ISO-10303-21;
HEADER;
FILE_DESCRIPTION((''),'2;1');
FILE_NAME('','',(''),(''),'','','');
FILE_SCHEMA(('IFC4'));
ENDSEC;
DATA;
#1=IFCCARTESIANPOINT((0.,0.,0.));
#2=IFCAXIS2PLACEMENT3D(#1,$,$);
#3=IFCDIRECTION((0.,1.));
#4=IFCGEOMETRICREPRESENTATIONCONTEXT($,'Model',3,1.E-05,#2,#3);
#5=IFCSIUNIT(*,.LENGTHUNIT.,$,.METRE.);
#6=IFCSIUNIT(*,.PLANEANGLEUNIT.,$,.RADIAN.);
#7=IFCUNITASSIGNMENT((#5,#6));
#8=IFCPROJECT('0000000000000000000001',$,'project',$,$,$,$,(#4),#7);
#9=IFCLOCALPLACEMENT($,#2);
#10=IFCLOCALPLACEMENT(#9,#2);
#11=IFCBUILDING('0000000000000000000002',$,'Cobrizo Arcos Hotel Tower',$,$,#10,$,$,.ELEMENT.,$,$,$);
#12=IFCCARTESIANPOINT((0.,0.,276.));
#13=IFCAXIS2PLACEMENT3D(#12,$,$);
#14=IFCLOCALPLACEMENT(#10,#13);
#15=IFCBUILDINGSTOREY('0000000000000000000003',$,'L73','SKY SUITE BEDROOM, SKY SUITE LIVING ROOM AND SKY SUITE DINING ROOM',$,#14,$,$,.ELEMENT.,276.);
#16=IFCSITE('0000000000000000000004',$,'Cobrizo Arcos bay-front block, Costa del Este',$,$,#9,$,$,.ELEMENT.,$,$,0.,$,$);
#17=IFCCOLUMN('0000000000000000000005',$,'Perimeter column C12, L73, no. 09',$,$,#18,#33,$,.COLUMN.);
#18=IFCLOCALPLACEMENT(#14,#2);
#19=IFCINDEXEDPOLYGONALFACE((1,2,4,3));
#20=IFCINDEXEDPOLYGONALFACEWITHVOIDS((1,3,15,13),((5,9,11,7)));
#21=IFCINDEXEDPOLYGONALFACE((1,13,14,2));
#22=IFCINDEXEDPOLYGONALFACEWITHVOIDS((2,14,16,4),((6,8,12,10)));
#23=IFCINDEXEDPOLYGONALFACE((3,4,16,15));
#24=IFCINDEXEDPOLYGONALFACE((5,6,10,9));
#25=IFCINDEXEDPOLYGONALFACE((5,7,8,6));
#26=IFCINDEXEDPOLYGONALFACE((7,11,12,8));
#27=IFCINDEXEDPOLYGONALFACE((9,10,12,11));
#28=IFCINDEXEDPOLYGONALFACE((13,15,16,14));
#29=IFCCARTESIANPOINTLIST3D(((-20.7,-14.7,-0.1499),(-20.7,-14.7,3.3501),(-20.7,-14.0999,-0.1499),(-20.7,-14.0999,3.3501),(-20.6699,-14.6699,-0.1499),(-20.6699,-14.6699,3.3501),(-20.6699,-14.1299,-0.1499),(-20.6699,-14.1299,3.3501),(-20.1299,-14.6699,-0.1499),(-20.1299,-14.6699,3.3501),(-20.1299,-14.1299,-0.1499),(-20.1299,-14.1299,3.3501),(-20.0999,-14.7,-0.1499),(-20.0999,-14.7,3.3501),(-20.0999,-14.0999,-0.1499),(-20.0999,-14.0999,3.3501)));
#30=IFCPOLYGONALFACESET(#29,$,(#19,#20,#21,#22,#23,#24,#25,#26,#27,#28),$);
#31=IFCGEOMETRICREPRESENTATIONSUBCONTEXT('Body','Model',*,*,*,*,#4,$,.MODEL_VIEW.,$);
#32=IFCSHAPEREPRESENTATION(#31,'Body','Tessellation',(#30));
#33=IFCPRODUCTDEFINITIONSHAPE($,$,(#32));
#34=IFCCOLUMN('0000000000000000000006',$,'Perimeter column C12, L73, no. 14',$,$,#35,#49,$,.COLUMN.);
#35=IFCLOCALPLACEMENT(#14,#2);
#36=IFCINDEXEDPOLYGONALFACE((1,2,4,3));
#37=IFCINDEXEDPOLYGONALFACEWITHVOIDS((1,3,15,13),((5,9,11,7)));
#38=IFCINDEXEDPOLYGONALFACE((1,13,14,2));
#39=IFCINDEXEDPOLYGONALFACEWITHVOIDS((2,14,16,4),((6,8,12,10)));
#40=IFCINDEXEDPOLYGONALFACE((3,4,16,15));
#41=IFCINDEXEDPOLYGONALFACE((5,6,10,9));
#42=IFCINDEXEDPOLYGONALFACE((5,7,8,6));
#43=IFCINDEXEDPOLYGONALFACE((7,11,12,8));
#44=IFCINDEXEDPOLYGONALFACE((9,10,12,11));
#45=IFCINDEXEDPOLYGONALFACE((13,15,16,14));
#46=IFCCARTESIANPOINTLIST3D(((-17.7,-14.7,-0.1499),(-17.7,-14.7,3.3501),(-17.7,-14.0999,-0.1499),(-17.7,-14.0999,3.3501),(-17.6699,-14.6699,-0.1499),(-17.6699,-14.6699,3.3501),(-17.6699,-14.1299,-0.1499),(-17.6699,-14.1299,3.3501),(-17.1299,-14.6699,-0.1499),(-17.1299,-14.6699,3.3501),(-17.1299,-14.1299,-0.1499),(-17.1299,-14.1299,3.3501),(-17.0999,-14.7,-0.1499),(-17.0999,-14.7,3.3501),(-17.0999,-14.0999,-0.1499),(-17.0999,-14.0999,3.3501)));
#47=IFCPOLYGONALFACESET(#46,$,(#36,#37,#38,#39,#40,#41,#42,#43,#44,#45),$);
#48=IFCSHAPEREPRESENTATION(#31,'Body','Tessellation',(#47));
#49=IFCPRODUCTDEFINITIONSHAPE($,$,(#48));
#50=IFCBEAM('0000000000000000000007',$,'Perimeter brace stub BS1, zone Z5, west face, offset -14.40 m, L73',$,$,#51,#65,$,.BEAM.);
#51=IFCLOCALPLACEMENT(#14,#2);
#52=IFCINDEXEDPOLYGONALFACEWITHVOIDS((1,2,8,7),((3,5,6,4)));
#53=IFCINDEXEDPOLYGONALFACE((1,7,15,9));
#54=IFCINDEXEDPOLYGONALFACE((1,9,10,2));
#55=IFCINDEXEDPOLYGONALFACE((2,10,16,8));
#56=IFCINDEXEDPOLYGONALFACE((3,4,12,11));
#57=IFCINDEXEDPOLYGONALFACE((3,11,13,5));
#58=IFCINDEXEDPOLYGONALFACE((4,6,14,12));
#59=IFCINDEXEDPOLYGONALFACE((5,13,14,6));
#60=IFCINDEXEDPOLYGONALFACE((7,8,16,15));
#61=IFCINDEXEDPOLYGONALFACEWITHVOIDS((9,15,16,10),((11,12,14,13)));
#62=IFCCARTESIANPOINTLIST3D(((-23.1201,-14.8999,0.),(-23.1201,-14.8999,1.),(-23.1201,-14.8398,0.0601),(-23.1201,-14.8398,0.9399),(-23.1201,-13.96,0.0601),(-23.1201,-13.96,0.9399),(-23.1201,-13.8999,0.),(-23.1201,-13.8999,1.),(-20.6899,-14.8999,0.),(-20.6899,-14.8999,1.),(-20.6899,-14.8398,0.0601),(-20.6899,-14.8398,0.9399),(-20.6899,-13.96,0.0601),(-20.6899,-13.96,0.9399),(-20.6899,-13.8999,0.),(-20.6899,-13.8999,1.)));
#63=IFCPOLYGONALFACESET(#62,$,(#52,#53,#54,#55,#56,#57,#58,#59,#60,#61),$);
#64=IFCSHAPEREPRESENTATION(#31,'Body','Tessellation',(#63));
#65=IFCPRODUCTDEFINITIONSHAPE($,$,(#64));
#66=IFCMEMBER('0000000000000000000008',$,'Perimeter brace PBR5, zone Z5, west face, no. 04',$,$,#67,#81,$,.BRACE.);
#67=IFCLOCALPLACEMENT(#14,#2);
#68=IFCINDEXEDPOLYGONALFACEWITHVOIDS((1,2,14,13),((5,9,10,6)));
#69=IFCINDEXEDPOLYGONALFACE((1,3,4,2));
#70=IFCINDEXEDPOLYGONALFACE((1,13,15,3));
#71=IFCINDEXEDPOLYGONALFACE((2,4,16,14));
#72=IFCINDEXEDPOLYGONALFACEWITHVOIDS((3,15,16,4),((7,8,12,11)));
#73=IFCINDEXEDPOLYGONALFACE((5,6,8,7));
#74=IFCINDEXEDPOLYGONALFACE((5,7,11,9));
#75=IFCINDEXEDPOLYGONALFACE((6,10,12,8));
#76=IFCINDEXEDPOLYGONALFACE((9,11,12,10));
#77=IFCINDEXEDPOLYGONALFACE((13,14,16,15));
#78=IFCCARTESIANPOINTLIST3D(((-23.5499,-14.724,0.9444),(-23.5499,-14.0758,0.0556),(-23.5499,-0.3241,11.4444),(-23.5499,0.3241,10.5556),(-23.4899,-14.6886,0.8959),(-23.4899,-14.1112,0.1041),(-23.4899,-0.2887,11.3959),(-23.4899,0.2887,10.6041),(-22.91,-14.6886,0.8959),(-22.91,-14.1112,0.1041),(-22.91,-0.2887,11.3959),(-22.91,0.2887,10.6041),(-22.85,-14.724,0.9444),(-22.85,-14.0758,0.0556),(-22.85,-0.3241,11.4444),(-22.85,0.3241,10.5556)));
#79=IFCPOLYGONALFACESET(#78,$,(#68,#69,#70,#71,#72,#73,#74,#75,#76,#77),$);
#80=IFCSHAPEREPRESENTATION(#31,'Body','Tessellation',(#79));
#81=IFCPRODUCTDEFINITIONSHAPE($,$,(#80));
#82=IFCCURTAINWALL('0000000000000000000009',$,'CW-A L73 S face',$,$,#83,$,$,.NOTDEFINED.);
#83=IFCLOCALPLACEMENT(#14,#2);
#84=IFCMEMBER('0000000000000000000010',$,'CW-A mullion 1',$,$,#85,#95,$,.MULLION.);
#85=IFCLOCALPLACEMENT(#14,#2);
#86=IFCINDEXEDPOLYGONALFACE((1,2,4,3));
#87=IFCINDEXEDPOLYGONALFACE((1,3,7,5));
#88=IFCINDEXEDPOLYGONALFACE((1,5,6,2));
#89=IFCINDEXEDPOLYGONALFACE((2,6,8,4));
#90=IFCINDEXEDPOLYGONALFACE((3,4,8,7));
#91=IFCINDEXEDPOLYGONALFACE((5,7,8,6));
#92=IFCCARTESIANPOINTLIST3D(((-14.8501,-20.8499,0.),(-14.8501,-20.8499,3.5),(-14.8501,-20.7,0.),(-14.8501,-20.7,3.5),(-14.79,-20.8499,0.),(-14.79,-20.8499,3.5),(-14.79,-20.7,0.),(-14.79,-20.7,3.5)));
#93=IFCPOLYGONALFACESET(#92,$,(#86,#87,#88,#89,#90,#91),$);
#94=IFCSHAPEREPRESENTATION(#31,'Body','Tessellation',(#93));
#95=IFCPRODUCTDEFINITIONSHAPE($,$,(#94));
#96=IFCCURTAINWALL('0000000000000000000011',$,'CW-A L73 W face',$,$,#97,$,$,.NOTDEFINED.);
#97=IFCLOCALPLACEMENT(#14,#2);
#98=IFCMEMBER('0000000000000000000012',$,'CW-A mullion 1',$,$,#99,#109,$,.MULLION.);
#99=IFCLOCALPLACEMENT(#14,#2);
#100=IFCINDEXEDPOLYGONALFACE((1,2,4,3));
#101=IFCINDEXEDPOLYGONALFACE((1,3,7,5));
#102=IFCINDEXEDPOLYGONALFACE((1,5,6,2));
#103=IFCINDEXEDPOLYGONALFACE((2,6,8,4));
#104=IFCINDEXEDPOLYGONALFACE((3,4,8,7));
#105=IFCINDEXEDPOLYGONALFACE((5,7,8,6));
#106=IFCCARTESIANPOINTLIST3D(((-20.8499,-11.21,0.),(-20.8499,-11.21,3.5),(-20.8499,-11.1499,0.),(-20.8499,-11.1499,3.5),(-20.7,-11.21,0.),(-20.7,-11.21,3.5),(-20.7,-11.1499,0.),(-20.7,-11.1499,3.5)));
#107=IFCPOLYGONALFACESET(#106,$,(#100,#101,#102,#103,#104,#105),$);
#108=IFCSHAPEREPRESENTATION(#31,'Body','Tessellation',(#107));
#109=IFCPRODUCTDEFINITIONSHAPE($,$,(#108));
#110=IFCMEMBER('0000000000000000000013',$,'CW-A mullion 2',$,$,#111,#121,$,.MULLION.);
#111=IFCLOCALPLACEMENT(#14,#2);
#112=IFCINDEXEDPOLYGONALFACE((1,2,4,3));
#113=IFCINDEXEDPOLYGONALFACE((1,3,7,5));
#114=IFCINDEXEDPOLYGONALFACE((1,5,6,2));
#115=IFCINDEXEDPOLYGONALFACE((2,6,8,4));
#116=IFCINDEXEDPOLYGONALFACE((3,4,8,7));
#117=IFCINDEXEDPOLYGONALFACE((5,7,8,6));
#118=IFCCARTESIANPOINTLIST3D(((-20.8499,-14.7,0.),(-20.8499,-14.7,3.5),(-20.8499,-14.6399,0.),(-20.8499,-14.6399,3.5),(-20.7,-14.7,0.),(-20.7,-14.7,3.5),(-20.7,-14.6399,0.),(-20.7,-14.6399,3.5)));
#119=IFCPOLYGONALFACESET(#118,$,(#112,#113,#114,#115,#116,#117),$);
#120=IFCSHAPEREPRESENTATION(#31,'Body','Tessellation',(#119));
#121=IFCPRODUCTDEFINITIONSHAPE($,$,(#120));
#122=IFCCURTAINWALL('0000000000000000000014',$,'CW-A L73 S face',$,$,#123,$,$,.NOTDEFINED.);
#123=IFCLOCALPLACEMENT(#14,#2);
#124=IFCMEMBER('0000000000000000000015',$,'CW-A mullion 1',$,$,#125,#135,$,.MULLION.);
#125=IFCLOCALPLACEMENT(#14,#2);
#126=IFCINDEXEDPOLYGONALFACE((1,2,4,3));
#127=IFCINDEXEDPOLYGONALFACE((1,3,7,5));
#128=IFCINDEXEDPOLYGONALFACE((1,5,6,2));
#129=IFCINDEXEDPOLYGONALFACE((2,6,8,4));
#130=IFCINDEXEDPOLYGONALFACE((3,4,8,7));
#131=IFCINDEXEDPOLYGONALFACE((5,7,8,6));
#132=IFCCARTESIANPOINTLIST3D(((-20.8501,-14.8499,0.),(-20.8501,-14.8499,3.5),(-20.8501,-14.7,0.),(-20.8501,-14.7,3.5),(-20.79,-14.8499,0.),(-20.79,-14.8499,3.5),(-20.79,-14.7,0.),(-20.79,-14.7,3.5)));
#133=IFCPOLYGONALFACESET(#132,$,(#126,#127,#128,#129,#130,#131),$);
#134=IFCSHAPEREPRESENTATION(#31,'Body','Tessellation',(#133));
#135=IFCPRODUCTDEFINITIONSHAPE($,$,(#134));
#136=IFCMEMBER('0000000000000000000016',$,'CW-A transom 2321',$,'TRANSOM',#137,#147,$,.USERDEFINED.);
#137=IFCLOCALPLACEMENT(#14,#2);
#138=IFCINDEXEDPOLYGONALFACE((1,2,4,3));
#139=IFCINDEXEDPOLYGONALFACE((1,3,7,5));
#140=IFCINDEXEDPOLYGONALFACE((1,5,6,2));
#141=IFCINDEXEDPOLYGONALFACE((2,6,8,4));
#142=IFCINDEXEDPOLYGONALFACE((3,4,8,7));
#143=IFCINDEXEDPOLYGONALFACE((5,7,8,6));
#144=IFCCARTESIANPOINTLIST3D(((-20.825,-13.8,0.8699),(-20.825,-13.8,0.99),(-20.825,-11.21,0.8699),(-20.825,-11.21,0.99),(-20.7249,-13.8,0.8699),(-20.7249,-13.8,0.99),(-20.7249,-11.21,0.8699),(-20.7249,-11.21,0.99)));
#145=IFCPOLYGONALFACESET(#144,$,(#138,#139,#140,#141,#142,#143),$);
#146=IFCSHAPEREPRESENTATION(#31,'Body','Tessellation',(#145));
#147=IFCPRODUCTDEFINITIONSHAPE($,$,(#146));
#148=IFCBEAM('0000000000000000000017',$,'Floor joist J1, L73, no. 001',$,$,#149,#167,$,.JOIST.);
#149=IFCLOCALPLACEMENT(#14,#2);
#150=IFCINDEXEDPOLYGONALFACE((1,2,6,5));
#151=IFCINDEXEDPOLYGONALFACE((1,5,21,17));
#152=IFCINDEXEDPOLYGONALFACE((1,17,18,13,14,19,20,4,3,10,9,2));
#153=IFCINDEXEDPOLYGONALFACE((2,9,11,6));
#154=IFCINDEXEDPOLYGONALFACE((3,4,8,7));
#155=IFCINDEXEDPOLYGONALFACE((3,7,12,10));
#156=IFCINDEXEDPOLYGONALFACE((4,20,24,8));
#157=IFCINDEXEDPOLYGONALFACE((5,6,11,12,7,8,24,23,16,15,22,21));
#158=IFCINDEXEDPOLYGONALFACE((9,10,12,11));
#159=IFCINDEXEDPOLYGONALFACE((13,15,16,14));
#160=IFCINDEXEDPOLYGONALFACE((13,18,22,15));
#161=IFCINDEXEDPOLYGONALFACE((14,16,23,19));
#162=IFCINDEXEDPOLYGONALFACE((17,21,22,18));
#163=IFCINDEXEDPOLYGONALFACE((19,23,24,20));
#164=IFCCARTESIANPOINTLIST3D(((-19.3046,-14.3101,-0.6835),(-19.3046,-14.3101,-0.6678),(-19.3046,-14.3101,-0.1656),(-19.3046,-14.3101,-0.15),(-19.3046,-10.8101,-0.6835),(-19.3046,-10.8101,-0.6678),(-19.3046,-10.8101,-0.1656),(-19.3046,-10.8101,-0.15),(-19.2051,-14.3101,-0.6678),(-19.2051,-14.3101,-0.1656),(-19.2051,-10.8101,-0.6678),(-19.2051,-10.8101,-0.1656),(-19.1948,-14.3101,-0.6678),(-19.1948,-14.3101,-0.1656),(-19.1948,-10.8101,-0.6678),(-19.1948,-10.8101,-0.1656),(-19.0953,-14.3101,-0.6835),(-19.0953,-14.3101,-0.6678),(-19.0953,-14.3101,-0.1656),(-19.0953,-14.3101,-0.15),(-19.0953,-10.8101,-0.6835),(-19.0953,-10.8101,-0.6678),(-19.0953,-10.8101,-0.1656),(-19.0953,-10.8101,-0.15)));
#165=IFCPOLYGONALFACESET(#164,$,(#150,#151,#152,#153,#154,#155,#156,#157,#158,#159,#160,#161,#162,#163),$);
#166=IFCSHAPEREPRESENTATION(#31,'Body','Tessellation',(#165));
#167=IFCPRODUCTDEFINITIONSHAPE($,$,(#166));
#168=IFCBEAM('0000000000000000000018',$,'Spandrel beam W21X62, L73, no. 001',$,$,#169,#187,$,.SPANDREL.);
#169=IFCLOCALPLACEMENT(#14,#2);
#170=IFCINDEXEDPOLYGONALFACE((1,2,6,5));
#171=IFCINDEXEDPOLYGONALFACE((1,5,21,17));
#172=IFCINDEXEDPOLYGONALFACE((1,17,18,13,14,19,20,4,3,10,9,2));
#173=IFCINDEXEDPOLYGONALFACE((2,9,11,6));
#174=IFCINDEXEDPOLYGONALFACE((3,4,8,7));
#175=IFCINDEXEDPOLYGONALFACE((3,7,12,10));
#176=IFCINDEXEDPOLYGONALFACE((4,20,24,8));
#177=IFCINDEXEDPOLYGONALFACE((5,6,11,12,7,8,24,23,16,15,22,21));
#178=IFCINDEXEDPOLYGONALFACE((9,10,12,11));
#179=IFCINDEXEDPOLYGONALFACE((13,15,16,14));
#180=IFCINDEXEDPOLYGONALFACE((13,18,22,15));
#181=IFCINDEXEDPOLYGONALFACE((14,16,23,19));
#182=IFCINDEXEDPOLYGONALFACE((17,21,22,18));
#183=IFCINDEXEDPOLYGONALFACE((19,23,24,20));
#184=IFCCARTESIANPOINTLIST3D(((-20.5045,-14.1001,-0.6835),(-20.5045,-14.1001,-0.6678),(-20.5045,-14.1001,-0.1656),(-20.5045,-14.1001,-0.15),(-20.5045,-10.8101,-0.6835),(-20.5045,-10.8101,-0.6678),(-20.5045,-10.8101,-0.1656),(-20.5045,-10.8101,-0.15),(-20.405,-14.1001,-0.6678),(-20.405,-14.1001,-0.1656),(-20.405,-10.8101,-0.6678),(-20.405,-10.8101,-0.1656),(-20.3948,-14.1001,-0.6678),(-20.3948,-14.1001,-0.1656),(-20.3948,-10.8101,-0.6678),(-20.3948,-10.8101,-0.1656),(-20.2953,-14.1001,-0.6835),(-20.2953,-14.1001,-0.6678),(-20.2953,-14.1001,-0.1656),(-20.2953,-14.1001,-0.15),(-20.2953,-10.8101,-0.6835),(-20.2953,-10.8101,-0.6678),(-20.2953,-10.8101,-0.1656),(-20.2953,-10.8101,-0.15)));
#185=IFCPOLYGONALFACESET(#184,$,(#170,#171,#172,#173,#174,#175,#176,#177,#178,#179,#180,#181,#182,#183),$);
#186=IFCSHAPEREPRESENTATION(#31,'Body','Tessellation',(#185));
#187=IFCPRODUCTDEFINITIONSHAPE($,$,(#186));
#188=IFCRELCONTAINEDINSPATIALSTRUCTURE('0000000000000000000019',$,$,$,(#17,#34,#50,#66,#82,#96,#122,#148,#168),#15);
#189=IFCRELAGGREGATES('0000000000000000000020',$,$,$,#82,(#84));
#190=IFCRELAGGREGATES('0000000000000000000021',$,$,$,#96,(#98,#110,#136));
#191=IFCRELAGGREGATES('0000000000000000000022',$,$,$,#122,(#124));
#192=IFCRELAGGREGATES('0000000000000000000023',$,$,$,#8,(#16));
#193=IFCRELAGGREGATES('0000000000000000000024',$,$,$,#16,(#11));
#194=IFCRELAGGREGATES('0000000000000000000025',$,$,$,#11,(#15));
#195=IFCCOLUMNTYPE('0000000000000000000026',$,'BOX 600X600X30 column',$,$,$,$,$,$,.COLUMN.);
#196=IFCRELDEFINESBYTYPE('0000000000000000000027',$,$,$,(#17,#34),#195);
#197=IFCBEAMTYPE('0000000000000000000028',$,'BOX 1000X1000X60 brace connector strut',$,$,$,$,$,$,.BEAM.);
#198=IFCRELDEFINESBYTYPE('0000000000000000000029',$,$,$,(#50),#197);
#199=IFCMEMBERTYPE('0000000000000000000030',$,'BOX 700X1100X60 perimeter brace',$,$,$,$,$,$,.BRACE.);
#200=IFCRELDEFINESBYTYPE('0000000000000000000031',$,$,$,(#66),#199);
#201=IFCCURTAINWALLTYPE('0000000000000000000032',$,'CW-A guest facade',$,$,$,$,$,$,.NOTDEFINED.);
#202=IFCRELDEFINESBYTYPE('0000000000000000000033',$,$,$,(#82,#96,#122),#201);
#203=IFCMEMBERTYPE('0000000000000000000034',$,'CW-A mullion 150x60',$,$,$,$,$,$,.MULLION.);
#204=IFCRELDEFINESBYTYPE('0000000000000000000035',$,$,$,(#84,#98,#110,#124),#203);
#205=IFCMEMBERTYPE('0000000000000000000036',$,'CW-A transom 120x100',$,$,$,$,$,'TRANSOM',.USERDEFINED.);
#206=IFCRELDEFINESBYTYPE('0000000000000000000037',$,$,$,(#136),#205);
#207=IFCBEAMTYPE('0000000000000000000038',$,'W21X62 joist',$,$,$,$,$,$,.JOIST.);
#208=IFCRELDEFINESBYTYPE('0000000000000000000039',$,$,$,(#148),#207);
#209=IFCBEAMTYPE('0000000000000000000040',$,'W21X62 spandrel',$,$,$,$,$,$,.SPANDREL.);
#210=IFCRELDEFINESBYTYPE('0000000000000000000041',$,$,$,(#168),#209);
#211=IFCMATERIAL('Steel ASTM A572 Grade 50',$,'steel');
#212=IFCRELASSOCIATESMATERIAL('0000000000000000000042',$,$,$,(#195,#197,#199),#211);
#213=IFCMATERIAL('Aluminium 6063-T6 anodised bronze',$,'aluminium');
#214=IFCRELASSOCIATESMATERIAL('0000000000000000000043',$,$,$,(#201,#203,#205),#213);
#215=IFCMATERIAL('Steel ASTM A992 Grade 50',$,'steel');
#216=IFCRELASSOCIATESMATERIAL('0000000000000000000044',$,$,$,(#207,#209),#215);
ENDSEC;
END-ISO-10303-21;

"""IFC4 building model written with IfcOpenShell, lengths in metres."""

from ifc_helpers import new_model, si_unit, direction, frame, origin, origin_2d, place, context, subcontext, project, spatial, rectangle, hollow_rectangle, i_section, extrude, material, material_profile, profile_set, type_object, element, aggregate, save


model = new_model("IFC4")

# Units and contexts
model_context = context("Model", 3, precision=1e-05, world=origin(), true_north=direction((0.0, 1.0)))
body_context = subcontext(model_context, "Body", "Model", "MODEL_VIEW")
ifc_project = project(units=[si_unit("LENGTHUNIT", "METRE"), si_unit("PLANEANGLEUNIT", "RADIAN")], contexts=[model_context])

# Site, building, storey
site_placement = place(None, origin())
site = spatial("IfcSite", under=ifc_project, at=site_placement, Name="Cobrizo Arcos bay-front block, Costa del Este", CompositionType="ELEMENT", RefElevation=0.0)
building_placement = place(site_placement, origin())
building = spatial("IfcBuilding", under=site, at=building_placement, Name="Cobrizo Arcos Hotel Tower", CompositionType="ELEMENT")
storey_placement = place(building_placement, frame((0.0, 0.0, 276.0)))
storey = spatial("IfcBuildingStorey", under=building, at=storey_placement, Name="L73", Description="SKY SUITE BEDROOM, SKY SUITE LIVING ROOM AND SKY SUITE DINING ROOM", CompositionType="ELEMENT", Elevation=276.0)

# Columns
ifc_material_1 = material(Name="Steel ASTM A572 Grade 50", Category="steel")
ifc_material_profile_1 = material_profile(ifc_material_1, hollow_rectangle(XDim=0.6001, YDim=0.6001, WallThickness=0.03, at=origin_2d()), Name="BOX 600X600X30")
ifc_profile_set_1 = profile_set([ifc_material_profile_1], Name="Steel ASTM A572 Grade 50")
column_type = type_object("IfcColumnType", Name="BOX 600X600X30 column", PredefinedType="COLUMN", material=ifc_profile_set_1)
for number, where, z_axis, x_axis, name in (
    (1, (-20.3999, -14.3999, -0.1499), (0.0, 0.0, 1.0), (1.0, 0.0, 0.0), "Perimeter column C12, L73, no. 09"),
    (2, (-17.3999, -14.3999, -0.1499), (0.0, 0.0, 1.0), (1.0, 0.0, 0.0), "Perimeter column C12, L73, no. 14"),
):
    element("IfcColumn", number, at=place(storey_placement, frame(where, z_axis=z_axis, x_axis=x_axis)), inside=storey, type_object=column_type, Name=name, PredefinedType="COLUMN", context=body_context, shape_type="SweptSolid", body=[
        extrude(hollow_rectangle(XDim=0.6001, YDim=0.6001, WallThickness=0.03, at=origin_2d()), origin(), (0.0, 0.0, 1.0), 3.5),
    ])

# Beam
ifc_material_profile_2 = material_profile(ifc_material_1, hollow_rectangle(XDim=1.0, YDim=1.0, WallThickness=0.0601, at=origin_2d()), Name="BOX 1000X1000X60")
ifc_profile_set_2 = profile_set([ifc_material_profile_2], Name="Steel ASTM A572 Grade 50")
beam_type_1 = type_object("IfcBeamType", Name="BOX 1000X1000X60 brace connector strut", PredefinedType="BEAM", material=ifc_profile_set_2)
beam_1_placement = place(storey_placement, frame((-20.6899, -14.3999, 0.5), z_axis=(-1.0, 0.0, 0.0), x_axis=(0.0, -1.0, 0.0)))
element("IfcBeam", 3, at=beam_1_placement, inside=storey, type_object=beam_type_1, Name="Perimeter brace stub BS1, zone Z5, west face, offset -14.40 m, L73", PredefinedType="BEAM", context=body_context, shape_type="SweptSolid", body=[
    extrude(hollow_rectangle(XDim=1.0, YDim=1.0, WallThickness=0.0601, at=origin_2d()), origin(), (0.0, 0.0, 1.0), 2.4302),
])

# Member
ifc_material_profile_3 = material_profile(ifc_material_1, hollow_rectangle(XDim=0.7, YDim=1.1001, WallThickness=0.0601, at=origin_2d()), Name="BOX 700X1100X60")
ifc_profile_set_3 = profile_set([ifc_material_profile_3], Name="Steel ASTM A572 Grade 50")
member_type_1 = type_object("IfcMemberType", Name="BOX 700X1100X60 perimeter brace", PredefinedType="BRACE", material=ifc_profile_set_3)
member_1_placement = place(storey_placement, frame((-23.2, -14.3999, 0.5), z_axis=(0.0, 0.808006, 0.589175), x_axis=(-1.0, 0.0, 0.0)))
element("IfcMember", 4, at=member_1_placement, inside=storey, type_object=member_type_1, Name="Perimeter brace PBR5, zone Z5, west face, no. 04", PredefinedType="BRACE", context=body_context, shape_type="SweptSolid", body=[
    extrude(hollow_rectangle(XDim=0.7, YDim=1.1001, WallThickness=0.0601, at=origin_2d()), origin(), (0.0, 0.0, 1.0), 17.8215),
])

# Curtain wall, member
ifc_material_2 = material(Name="Aluminium 6063-T6 anodised bronze", Category="aluminium")
curtain_wall_type = type_object("IfcCurtainWallType", Name="CW-A guest facade", PredefinedType="NOTDEFINED", material=ifc_material_2)
curtain_wall_1_placement = place(storey_placement, origin())
curtain_wall_1 = element("IfcCurtainWall", 5, at=curtain_wall_1_placement, inside=storey, type_object=curtain_wall_type, Name="CW-A L73 S face", PredefinedType="NOTDEFINED")
ifc_material_profile_4 = material_profile(ifc_material_2, rectangle(XDim=0.1499, YDim=0.0601, at=origin_2d()), Name="CW-A mullion 150x60")
ifc_profile_set_4 = profile_set([ifc_material_profile_4], Name="Aluminium 6063-T6 anodised bronze")
member_type_2 = type_object("IfcMemberType", Name="CW-A mullion 150x60", PredefinedType="MULLION", material=ifc_profile_set_4)
member_2_placement = place(storey_placement, frame((-14.8201, -20.7749, 0.0), z_axis=(0.0, 0.0, 1.0), x_axis=(0.0, -1.0, 0.0)))
member_2 = element("IfcMember", 6, at=member_2_placement, type_object=member_type_2, Name="CW-A mullion 1", PredefinedType="MULLION", context=body_context, shape_type="SweptSolid", body=[
    extrude(rectangle(XDim=0.1499, YDim=0.0601, at=origin_2d()), origin(), (0.0, 0.0, 1.0), 3.5),
])
aggregate(curtain_wall_1, [member_2])

# Curtain wall, members
curtain_wall_2_placement = place(storey_placement, origin())
curtain_wall_2 = element("IfcCurtainWall", 7, at=curtain_wall_2_placement, inside=storey, type_object=curtain_wall_type, Name="CW-A L73 W face", PredefinedType="NOTDEFINED")
member_3_placement = place(storey_placement, frame((-20.7749, -11.1799, 0.0), z_axis=(0.0, 0.0, 1.0), x_axis=(-1.0, 0.0, 0.0)))
member_3 = element("IfcMember", 8, at=member_3_placement, type_object=member_type_2, Name="CW-A mullion 1", PredefinedType="MULLION", context=body_context, shape_type="SweptSolid", body=[
    extrude(rectangle(XDim=0.1499, YDim=0.0601, at=origin_2d()), origin(), (0.0, 0.0, 1.0), 3.5),
])
member_4_placement = place(storey_placement, frame((-20.7749, -14.6699, 0.0), z_axis=(0.0, 0.0, 1.0), x_axis=(-1.0, 0.0, 0.0)))
member_4 = element("IfcMember", 9, at=member_4_placement, type_object=member_type_2, Name="CW-A mullion 2", PredefinedType="MULLION", context=body_context, shape_type="SweptSolid", body=[
    extrude(rectangle(XDim=0.1499, YDim=0.0601, at=origin_2d()), origin(), (0.0, 0.0, 1.0), 3.5),
])

# Curtain wall, member
curtain_wall_3_placement = place(storey_placement, origin())
curtain_wall_3 = element("IfcCurtainWall", 10, at=curtain_wall_3_placement, inside=storey, type_object=curtain_wall_type, Name="CW-A L73 S face", PredefinedType="NOTDEFINED")
member_5_placement = place(storey_placement, frame((-20.8201, -14.7749, 0.0), z_axis=(0.0, 0.0, 1.0), x_axis=(0.0, -1.0, 0.0)))
member_5 = element("IfcMember", 11, at=member_5_placement, type_object=member_type_2, Name="CW-A mullion 1", PredefinedType="MULLION", context=body_context, shape_type="SweptSolid", body=[
    extrude(rectangle(XDim=0.1499, YDim=0.0601, at=origin_2d()), origin(), (0.0, 0.0, 1.0), 3.5),
])

# Member
ifc_material_profile_5 = material_profile(ifc_material_2, rectangle(XDim=0.1001, YDim=0.1201, at=origin_2d()), Name="CW-A transom 120x100")
ifc_profile_set_5 = profile_set([ifc_material_profile_5], Name="Aluminium 6063-T6 anodised bronze")
member_type_3 = type_object("IfcMemberType", Name="CW-A transom 120x100", ElementType="TRANSOM", PredefinedType="USERDEFINED", material=ifc_profile_set_5)
member_6_placement = place(storey_placement, frame((-20.7749, -11.21, 0.9299), z_axis=(0.0, -1.0, 0.0), x_axis=(1.0, 0.0, 0.0)))
member_6 = element("IfcMember", 12, at=member_6_placement, type_object=member_type_3, Name="CW-A transom 2321", ObjectType="TRANSOM", PredefinedType="USERDEFINED", context=body_context, shape_type="SweptSolid", body=[
    extrude(rectangle(XDim=0.1001, YDim=0.1201, at=origin_2d()), origin(), (0.0, 0.0, 1.0), 2.5901),
])

# Beams
ifc_material_3 = material(Name="Steel ASTM A992 Grade 50", Category="steel")
ifc_material_profile_6 = material_profile(ifc_material_3, i_section(OverallWidth=0.2092, OverallDepth=0.5334, WebThickness=0.0103, FlangeThickness=0.0156, at=origin_2d()), Name="W21X62")
ifc_profile_set_6 = profile_set([ifc_material_profile_6], Name="Steel ASTM A992 Grade 50")
beam_type_2 = type_object("IfcBeamType", Name="W21X62 joist", PredefinedType="JOIST", material=ifc_profile_set_6)
beam_2_placement = place(storey_placement, frame((-19.2, -14.3101, -0.4167), z_axis=(0.0, 1.0, 0.0), x_axis=(-1.0, 0.0, 0.0)))
element("IfcBeam", 13, at=beam_2_placement, inside=storey, type_object=beam_type_2, Name="Floor joist J1, L73, no. 001", PredefinedType="JOIST", context=body_context, shape_type="SweptSolid", body=[
    extrude(i_section(OverallWidth=0.2092, OverallDepth=0.5334, WebThickness=0.0103, FlangeThickness=0.0156, at=origin_2d()), origin(), (0.0, 0.0, 1.0), 3.5),
])
ifc_material_profile_7 = material_profile(ifc_material_3, i_section(OverallWidth=0.2092, OverallDepth=0.5334, WebThickness=0.0103, FlangeThickness=0.0156, at=origin_2d()), Name="W21X62")
ifc_profile_set_7 = profile_set([ifc_material_profile_7], Name="Steel ASTM A992 Grade 50")
beam_type_3 = type_object("IfcBeamType", Name="W21X62 spandrel", PredefinedType="SPANDREL", material=ifc_profile_set_7)
beam_3_placement = place(storey_placement, frame((-20.3999, -14.1001, -0.4167), z_axis=(0.0, 1.0, 0.0), x_axis=(-1.0, 0.0, 0.0)))
element("IfcBeam", 14, at=beam_3_placement, inside=storey, type_object=beam_type_3, Name="Spandrel beam W21X62, L73, no. 001", PredefinedType="SPANDREL", context=body_context, shape_type="SweptSolid", body=[
    extrude(i_section(OverallWidth=0.2092, OverallDepth=0.5334, WebThickness=0.0103, FlangeThickness=0.0156, at=origin_2d()), origin(), (0.0, 0.0, 1.0), 3.29),
])

aggregate(curtain_wall_2, [member_3, member_4, member_6])
aggregate(curtain_wall_3, [member_5])

save(model, "model.ifc")
